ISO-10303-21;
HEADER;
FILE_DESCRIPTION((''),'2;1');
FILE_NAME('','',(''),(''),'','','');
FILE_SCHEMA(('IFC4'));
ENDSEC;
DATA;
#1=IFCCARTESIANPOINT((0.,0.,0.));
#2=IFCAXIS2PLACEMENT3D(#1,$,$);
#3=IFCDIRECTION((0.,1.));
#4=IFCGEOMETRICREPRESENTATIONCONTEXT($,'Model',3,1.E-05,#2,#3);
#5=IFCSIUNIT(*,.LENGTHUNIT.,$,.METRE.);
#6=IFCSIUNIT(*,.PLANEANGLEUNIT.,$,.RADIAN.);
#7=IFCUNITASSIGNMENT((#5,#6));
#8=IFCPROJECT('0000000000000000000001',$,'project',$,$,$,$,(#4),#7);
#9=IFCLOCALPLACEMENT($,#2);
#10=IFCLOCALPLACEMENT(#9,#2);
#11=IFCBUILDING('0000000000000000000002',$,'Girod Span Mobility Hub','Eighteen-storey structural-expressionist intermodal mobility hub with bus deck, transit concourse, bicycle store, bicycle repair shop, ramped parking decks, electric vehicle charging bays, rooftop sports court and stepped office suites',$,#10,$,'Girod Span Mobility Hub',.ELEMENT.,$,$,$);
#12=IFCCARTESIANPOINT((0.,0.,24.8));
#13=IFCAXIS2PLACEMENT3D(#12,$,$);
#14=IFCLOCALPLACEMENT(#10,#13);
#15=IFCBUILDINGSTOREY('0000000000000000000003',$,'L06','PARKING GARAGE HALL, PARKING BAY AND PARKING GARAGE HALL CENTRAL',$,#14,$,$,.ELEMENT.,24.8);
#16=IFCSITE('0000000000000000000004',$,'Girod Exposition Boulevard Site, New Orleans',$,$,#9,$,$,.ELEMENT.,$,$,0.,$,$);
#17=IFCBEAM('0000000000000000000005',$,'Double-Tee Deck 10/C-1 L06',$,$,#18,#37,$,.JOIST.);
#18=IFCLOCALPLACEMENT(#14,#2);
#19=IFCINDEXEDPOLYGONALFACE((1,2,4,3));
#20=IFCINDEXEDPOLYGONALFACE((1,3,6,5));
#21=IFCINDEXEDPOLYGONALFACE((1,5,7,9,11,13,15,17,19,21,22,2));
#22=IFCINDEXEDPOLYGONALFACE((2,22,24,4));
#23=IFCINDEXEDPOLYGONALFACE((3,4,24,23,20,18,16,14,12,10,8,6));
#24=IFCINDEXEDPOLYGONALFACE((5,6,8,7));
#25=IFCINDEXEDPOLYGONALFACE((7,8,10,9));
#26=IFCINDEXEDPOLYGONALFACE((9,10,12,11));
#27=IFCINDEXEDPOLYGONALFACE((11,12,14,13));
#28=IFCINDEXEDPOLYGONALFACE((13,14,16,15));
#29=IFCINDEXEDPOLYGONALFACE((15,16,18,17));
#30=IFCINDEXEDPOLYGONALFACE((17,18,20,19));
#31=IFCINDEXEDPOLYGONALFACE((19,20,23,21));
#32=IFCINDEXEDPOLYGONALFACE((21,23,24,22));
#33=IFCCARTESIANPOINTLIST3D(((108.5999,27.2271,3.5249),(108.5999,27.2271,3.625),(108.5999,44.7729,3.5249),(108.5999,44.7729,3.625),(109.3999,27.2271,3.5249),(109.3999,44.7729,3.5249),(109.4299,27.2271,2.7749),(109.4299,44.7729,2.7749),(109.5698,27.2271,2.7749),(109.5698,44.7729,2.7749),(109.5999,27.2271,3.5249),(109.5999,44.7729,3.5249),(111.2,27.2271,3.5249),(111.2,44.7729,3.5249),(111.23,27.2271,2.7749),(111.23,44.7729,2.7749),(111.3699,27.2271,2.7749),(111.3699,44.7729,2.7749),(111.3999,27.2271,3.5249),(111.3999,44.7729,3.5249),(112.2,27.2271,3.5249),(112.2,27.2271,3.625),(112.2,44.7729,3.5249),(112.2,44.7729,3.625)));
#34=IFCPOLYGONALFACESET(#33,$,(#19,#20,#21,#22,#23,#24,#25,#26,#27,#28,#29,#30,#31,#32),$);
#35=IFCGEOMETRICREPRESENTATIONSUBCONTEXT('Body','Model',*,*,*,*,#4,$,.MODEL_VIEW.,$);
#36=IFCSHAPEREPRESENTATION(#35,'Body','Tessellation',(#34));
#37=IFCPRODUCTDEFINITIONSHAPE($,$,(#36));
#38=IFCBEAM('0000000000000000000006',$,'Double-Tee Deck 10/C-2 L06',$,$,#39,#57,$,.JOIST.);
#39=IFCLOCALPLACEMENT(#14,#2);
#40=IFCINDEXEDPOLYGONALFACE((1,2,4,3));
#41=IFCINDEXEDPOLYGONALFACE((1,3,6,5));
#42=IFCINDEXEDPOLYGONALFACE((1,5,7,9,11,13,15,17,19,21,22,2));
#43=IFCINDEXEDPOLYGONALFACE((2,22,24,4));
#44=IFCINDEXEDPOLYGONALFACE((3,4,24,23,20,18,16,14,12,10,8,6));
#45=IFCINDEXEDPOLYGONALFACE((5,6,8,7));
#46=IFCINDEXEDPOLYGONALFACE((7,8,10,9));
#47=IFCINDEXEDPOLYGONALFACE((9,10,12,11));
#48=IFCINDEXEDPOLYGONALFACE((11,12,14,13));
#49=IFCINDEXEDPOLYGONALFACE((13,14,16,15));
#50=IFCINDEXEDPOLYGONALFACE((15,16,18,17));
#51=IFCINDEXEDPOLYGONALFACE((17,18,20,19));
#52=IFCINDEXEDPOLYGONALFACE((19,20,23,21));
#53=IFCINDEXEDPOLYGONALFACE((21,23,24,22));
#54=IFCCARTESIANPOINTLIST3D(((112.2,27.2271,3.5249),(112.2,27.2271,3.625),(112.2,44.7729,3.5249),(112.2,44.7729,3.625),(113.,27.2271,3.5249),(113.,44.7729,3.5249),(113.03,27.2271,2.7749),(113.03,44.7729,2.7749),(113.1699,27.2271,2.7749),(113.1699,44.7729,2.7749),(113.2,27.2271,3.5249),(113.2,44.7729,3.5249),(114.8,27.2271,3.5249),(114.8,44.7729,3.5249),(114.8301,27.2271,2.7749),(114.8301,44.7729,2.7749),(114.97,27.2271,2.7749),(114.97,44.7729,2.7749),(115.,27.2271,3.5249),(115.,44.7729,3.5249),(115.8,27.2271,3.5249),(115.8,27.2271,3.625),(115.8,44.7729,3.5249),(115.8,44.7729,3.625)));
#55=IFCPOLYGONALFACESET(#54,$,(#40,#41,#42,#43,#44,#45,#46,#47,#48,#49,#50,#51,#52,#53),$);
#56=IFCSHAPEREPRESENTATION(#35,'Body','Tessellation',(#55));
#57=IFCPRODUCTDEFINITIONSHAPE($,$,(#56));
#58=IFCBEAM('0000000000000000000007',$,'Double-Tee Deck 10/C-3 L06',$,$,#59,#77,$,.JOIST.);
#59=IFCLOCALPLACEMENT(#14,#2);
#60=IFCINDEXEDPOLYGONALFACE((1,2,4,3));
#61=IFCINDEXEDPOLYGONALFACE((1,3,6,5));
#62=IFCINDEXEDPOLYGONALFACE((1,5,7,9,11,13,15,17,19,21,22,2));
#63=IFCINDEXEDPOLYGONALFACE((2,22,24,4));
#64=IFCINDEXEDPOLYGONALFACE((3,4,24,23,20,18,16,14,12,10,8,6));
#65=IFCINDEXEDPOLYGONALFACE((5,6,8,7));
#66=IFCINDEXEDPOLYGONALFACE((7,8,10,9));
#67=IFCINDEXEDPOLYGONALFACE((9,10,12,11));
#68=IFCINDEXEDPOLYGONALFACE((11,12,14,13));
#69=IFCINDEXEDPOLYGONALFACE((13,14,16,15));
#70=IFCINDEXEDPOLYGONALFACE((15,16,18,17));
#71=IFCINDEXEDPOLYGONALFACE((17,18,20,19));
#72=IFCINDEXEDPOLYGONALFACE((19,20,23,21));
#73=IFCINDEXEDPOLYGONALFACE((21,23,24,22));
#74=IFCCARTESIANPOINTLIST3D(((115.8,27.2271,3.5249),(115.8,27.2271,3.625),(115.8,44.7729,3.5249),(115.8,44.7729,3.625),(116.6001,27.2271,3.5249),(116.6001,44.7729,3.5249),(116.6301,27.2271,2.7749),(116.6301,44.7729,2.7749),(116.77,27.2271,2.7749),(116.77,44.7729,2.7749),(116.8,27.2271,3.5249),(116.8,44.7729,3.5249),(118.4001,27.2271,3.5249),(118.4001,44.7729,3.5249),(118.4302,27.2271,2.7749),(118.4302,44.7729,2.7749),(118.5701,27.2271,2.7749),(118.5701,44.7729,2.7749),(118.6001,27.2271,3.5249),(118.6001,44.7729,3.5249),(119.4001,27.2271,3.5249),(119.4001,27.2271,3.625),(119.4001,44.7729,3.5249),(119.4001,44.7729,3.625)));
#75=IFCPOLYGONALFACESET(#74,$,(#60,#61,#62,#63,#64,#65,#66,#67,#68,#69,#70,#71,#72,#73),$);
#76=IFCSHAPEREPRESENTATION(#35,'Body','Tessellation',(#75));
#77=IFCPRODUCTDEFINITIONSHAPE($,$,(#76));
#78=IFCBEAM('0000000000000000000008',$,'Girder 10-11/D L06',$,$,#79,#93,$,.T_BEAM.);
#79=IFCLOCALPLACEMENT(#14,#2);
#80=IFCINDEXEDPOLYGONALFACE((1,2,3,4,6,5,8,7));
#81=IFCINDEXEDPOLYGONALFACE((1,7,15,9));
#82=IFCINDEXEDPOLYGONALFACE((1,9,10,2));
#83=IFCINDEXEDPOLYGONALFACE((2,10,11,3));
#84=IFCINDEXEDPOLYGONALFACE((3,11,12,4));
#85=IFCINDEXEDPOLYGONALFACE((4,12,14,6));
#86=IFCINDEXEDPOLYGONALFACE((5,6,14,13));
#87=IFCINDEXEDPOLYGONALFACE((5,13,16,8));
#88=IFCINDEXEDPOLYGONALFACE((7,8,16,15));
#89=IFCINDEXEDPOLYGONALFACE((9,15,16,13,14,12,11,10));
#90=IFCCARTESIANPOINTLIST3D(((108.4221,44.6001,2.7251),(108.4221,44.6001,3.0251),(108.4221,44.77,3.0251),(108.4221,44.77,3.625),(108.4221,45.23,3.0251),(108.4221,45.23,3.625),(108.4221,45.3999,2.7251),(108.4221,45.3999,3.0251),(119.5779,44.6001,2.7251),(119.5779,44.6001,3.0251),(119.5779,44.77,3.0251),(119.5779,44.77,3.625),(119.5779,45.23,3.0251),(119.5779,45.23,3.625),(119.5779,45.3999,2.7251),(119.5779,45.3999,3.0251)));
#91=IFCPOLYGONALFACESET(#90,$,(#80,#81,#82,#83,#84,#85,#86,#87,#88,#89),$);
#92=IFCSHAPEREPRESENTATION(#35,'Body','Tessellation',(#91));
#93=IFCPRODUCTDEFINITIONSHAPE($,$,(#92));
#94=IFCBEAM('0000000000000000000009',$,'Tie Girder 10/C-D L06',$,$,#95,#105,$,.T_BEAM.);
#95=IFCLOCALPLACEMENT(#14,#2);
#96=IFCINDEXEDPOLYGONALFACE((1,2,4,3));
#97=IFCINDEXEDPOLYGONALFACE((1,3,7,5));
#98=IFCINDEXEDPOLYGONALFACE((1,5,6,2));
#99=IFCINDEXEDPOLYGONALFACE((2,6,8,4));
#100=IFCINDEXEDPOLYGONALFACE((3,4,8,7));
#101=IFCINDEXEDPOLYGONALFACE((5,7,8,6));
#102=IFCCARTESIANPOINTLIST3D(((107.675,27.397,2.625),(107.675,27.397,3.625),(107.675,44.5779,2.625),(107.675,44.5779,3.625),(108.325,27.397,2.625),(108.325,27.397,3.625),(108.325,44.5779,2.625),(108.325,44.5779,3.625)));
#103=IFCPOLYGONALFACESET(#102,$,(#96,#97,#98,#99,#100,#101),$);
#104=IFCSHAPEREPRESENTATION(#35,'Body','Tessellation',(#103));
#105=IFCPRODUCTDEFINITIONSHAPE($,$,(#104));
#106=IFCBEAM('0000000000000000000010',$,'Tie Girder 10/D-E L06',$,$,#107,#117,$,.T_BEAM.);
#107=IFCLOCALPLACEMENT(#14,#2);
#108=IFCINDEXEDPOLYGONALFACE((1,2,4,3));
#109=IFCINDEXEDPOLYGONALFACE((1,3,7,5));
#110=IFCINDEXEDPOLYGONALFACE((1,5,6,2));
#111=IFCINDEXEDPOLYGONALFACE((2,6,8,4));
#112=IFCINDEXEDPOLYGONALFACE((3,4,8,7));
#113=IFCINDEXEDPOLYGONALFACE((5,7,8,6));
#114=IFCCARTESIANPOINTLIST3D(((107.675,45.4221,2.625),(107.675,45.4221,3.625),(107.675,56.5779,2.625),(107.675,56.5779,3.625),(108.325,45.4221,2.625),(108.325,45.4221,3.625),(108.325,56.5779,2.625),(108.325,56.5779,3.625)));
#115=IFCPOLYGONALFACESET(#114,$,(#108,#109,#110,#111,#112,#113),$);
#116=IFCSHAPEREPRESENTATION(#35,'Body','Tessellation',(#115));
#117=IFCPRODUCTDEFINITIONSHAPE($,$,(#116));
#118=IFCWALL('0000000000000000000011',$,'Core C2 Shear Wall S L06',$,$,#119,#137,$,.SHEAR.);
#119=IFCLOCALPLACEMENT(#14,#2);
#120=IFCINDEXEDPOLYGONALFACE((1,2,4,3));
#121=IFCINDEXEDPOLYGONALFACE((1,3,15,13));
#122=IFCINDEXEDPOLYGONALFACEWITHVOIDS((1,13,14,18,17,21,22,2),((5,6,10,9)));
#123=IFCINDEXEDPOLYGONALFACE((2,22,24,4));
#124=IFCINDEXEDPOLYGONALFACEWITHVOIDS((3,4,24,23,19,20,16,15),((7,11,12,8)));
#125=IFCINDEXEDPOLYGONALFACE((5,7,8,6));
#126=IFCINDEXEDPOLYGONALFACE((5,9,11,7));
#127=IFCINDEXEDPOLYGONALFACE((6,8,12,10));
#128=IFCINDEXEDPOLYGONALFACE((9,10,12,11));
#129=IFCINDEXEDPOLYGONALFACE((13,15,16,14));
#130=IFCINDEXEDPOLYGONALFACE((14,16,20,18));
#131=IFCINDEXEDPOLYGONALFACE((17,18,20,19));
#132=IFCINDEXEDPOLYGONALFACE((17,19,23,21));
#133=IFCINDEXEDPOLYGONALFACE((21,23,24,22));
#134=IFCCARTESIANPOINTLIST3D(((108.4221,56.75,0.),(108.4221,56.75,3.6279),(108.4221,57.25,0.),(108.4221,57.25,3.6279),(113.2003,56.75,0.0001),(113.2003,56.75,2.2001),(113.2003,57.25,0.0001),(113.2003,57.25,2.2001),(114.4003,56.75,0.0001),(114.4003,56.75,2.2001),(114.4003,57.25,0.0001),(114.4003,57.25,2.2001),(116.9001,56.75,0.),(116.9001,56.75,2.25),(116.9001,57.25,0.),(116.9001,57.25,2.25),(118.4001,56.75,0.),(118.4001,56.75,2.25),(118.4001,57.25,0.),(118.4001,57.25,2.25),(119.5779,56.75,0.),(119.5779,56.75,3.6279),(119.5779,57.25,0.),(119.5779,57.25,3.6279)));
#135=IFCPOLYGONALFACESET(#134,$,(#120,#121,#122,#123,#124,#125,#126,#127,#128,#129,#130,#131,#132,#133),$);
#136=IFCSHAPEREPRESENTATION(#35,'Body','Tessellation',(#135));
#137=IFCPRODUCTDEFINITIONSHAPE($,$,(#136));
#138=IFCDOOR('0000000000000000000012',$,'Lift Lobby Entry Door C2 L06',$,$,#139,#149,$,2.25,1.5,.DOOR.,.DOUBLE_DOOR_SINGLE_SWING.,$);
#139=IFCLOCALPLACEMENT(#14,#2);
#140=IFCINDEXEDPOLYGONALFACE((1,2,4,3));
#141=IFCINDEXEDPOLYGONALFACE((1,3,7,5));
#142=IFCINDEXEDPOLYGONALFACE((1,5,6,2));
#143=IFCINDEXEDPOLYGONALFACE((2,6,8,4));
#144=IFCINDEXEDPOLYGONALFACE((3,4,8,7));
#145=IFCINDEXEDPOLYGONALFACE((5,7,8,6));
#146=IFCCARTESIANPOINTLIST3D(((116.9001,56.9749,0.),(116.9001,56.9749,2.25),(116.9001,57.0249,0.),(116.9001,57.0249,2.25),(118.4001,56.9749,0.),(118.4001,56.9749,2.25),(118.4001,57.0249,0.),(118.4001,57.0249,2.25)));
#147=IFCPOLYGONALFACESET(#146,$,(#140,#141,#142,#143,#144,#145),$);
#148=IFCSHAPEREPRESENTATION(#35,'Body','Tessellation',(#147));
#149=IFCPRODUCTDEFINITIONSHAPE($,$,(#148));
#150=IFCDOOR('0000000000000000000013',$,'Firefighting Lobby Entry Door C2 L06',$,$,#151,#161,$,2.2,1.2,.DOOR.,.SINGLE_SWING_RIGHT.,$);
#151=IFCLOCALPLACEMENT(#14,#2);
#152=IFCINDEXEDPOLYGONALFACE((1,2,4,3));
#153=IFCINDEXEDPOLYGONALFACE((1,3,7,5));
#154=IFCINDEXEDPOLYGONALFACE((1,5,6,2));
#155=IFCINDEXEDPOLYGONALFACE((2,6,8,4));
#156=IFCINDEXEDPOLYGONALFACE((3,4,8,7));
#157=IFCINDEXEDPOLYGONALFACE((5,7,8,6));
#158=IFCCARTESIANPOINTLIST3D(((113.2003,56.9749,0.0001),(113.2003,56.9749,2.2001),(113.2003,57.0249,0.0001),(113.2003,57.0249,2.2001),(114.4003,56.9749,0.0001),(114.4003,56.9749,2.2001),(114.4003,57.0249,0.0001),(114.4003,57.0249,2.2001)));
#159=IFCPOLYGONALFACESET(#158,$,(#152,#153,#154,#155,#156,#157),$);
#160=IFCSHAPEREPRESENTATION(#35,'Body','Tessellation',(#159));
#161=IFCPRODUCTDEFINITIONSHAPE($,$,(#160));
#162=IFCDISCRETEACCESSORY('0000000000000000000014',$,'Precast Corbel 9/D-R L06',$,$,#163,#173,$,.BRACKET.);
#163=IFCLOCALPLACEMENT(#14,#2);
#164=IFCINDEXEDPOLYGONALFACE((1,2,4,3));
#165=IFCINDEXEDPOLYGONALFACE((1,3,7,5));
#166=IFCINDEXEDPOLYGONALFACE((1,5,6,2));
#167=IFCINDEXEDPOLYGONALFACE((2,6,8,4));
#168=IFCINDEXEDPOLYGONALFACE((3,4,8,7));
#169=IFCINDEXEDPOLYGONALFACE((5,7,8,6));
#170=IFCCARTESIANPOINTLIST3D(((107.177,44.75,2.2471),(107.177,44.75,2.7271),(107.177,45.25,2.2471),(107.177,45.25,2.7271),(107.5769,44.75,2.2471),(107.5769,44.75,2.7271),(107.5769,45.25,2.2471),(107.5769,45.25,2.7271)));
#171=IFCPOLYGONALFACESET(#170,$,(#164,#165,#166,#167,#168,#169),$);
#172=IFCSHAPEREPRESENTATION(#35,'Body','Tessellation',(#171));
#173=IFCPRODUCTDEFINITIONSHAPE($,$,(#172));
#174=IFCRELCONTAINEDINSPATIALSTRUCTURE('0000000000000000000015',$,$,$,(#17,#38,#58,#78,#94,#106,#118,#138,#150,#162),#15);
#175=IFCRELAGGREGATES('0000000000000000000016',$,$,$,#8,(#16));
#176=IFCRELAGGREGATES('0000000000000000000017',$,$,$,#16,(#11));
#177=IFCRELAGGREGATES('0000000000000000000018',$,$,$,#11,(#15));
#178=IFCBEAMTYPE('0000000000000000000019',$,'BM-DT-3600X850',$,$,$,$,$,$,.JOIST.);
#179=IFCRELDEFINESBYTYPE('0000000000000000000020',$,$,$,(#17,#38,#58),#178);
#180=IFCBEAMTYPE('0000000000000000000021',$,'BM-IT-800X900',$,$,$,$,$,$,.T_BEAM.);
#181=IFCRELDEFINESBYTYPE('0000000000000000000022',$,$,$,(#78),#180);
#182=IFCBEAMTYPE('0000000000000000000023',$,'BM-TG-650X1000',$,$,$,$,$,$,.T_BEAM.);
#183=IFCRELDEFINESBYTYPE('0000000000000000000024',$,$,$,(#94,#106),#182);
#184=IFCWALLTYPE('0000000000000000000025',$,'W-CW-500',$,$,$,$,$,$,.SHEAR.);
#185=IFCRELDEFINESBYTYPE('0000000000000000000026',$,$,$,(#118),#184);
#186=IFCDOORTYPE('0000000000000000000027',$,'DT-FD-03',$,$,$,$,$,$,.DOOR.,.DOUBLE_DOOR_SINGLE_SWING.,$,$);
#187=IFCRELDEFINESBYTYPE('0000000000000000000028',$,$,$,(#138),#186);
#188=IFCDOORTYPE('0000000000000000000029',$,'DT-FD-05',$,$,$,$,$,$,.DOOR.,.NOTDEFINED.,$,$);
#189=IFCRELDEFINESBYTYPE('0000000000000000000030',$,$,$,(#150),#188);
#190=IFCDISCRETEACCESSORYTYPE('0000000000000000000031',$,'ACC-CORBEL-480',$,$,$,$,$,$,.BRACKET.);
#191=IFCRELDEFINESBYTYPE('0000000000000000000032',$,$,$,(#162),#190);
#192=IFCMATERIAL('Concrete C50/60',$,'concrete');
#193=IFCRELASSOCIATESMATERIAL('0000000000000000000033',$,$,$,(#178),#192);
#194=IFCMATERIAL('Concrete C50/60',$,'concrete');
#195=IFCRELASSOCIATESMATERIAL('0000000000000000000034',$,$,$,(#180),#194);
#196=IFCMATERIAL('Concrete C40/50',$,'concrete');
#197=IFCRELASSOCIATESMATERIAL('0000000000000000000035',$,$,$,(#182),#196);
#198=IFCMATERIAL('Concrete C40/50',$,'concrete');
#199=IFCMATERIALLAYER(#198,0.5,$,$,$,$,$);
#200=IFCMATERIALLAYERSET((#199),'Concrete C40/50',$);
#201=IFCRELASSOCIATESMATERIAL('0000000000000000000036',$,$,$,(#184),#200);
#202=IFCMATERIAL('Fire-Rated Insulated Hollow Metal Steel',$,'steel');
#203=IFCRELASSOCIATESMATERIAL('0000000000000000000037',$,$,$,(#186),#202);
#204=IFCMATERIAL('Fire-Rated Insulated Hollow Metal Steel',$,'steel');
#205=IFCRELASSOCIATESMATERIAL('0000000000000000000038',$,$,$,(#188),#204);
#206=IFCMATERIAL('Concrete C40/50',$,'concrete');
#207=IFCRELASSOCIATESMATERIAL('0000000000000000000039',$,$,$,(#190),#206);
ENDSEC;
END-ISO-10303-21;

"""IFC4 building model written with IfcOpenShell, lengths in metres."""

from ifc_helpers import new_model, si_unit, direction, frame, frame_2d, origin, origin_2d, place, context, subcontext, project, spatial, polyline, rectangle, outline, extrude, material, layer, layer_set, material_profile, profile_set, type_object, element, fill, save


model = new_model("IFC4")

# Units and contexts
model_context = context("Model", 3, precision=1e-05, world=origin(), true_north=direction((0.0, 1.0)))
body_context = subcontext(model_context, "Body", "Model", "MODEL_VIEW")
ifc_project = project(units=[si_unit("LENGTHUNIT", "METRE"), si_unit("PLANEANGLEUNIT", "RADIAN")], contexts=[model_context])

# Site, building, storey
site_placement = place(None, origin())
site = spatial("IfcSite", under=ifc_project, at=site_placement, Name="Girod Exposition Boulevard Site, New Orleans", CompositionType="ELEMENT", RefElevation=0.0)
building_placement = place(site_placement, origin())
building = spatial("IfcBuilding", under=site, at=building_placement, Name="Girod Span Mobility Hub", Description="Eighteen-storey structural-expressionist intermodal mobility hub with bus deck, transit concourse, bicycle store, bicycle repair shop, ramped parking decks, electric vehicle charging bays, rooftop sports court and stepped office suites", LongName="Girod Span Mobility Hub", CompositionType="ELEMENT")
storey_placement = place(building_placement, frame((0.0, 0.0, 24.8)))
storey = spatial("IfcBuildingStorey", under=building, at=storey_placement, Name="L06", Description="PARKING GARAGE HALL, PARKING BAY AND PARKING GARAGE HALL CENTRAL", CompositionType="ELEMENT", Elevation=24.8)

# Beams
ifc_material_1 = material(Name="Concrete C50/60", Category="concrete")
ifc_material_profile_1 = material_profile(ifc_material_1, outline(polyline([(-1.8, 0.425), (-1.8, 0.325), (-1.0, 0.325), (-0.97, -0.425), (-0.8301, -0.425), (-0.8, 0.325), (0.8, 0.325), (0.8301, -0.425), (0.97, -0.425), (1.0, 0.325), (1.8, 0.325), (1.8, 0.425), (-1.8, 0.425)])), Name="DT-3600X850")
ifc_profile_set_1 = profile_set([ifc_material_profile_1], Name="Concrete C50/60")
beam_type_1 = type_object("IfcBeamType", Name="BM-DT-3600X850", PredefinedType="JOIST", material=ifc_profile_set_1)
for number, where, z_axis, x_axis, name in (
    (1, (110.3999, 27.2271, 3.2), (0.0, 1.0, 0.0), (-1.0, 0.0, 0.0), "Double-Tee Deck 10/C-1 L06"),
    (2, (114.0, 27.2271, 3.2), (0.0, 1.0, 0.0), (-1.0, 0.0, 0.0), "Double-Tee Deck 10/C-2 L06"),
    (3, (117.6001, 27.2271, 3.2), (0.0, 1.0, 0.0), (-1.0, 0.0, 0.0), "Double-Tee Deck 10/C-3 L06"),
):
    element("IfcBeam", number, at=place(storey_placement, frame(where, z_axis=z_axis, x_axis=x_axis)), inside=storey, type_object=beam_type_1, Name=name, PredefinedType="JOIST", context=body_context, shape_type="SweptSolid", body=[
        extrude(outline(polyline([(-1.8, 0.425), (-1.8, 0.325), (-1.0, 0.325), (-0.97, -0.425), (-0.8301, -0.425), (-0.8, 0.325), (0.8, 0.325), (0.8301, -0.425), (0.97, -0.425), (1.0, 0.325), (1.8, 0.325), (1.8, 0.425), (-1.8, 0.425)])), origin(), (0.0, 0.0, 1.0), 17.5459),
    ])
ifc_material_2 = material(Name="Concrete C50/60", Category="concrete")
ifc_material_profile_2 = material_profile(ifc_material_2, outline(polyline([(-0.3999, -0.45), (0.3999, -0.45), (0.3999, -0.1499), (0.23, -0.1499), (0.23, 0.45), (-0.23, 0.45), (-0.23, -0.1499), (-0.3999, -0.1499), (-0.3999, -0.45)])), Name="IT-800X900")
ifc_profile_set_2 = profile_set([ifc_material_profile_2], Name="Concrete C50/60")
beam_type_2 = type_object("IfcBeamType", Name="BM-IT-800X900", PredefinedType="T_BEAM", material=ifc_profile_set_2)
beam_1_placement = place(storey_placement, frame((108.4221, 45.0, 3.175), z_axis=(1.0, 0.0, 0.0), x_axis=(0.0, 1.0, 0.0)))
element("IfcBeam", 4, at=beam_1_placement, inside=storey, type_object=beam_type_2, Name="Girder 10-11/D L06", PredefinedType="T_BEAM", context=body_context, shape_type="SweptSolid", body=[
    extrude(outline(polyline([(-0.3999, -0.45), (0.3999, -0.45), (0.3999, -0.1499), (0.23, -0.1499), (0.23, 0.45), (-0.23, 0.45), (-0.23, -0.1499), (-0.3999, -0.1499), (-0.3999, -0.45)])), origin(), (0.0, 0.0, 1.0), 11.1558),
])
ifc_material_3 = material(Name="Concrete C40/50", Category="concrete")
ifc_material_profile_3 = material_profile(ifc_material_3, rectangle(XDim=0.6499, YDim=1.0, at=origin_2d()), Name="TG-650X1000")
ifc_profile_set_3 = profile_set([ifc_material_profile_3], Name="Concrete C40/50")
beam_type_3 = type_object("IfcBeamType", Name="BM-TG-650X1000", PredefinedType="T_BEAM", material=ifc_profile_set_3)
beam_2_placement = place(storey_placement, frame((108.0, 27.397, 3.125), z_axis=(0.0, 1.0, 0.0), x_axis=(-1.0, 0.0, 0.0)))
element("IfcBeam", 5, at=beam_2_placement, inside=storey, type_object=beam_type_3, Name="Tie Girder 10/C-D L06", PredefinedType="T_BEAM", context=body_context, shape_type="SweptSolid", body=[
    extrude(rectangle(XDim=0.6499, YDim=1.0, at=origin_2d()), origin(), (0.0, 0.0, 1.0), 17.1809),
])
beam_3_placement = place(storey_placement, frame((108.0, 45.4221, 3.125), z_axis=(0.0, 1.0, 0.0), x_axis=(-1.0, 0.0, 0.0)))
element("IfcBeam", 6, at=beam_3_placement, inside=storey, type_object=beam_type_3, Name="Tie Girder 10/D-E L06", PredefinedType="T_BEAM", context=body_context, shape_type="SweptSolid", body=[
    extrude(rectangle(XDim=0.6499, YDim=1.0, at=origin_2d()), origin(), (0.0, 0.0, 1.0), 11.1558),
])

# Wall, openings, doors
ifc_material_4 = material(Name="Concrete C40/50", Category="concrete")
ifc_layer = layer(ifc_material_4, 0.5)
ifc_layer_set = layer_set([ifc_layer], Name="Concrete C40/50")
wall_type = type_object("IfcWallType", Name="W-CW-500", PredefinedType="SHEAR", material=ifc_layer_set)
wall_placement = place(storey_placement, frame((108.4221, 57.0, 0.0), z_axis=(0.0, 0.0, 1.0), x_axis=(1.0, 0.0, 0.0)))
wall = element("IfcWall", 7, at=wall_placement, inside=storey, type_object=wall_type, Name="Core C2 Shear Wall S L06", PredefinedType="SHEAR", context=body_context, shape_type="SweptSolid", body=[
    extrude(rectangle(XDim=11.1558, YDim=0.5, at=frame_2d((5.5779, 0.0))), origin(), (0.0, 0.0, 1.0), 3.6279),
])
opening_1_placement = place(wall_placement, frame((4.7781, 0.0, 0.0)))
opening_1 = element("IfcOpeningElement", 8, at=opening_1_placement, cuts=wall, PredefinedType="OPENING", context=body_context, shape_type="SweptSolid", body=[
    extrude(rectangle(XDim=1.2, YDim=2.2, at=frame_2d((0.6001, 1.1001))), frame((0.0, 0.2649, 0.0), z_axis=(0.0, -1.0, 0.0), x_axis=(1.0, 0.0, 0.0)), (0.0, 0.0, 1.0), 0.53),
])
opening_2_placement = place(wall_placement, frame((8.478, 0.0, 0.0)))
opening_2 = element("IfcOpeningElement", 9, at=opening_2_placement, cuts=wall, PredefinedType="OPENING", context=body_context, shape_type="SweptSolid", body=[
    extrude(rectangle(XDim=1.5, YDim=2.25, at=frame_2d((0.75, 1.125))), frame((0.0, 0.2649, 0.0), z_axis=(0.0, -1.0, 0.0), x_axis=(1.0, 0.0, 0.0)), (0.0, 0.0, 1.0), 0.53),
])
ifc_material_5 = material(Name="Fire-Rated Insulated Hollow Metal Steel", Category="steel")
door_type_1 = type_object("IfcDoorType", Name="DT-FD-03", OperationType="DOUBLE_DOOR_SINGLE_SWING", PredefinedType="DOOR", material=ifc_material_5)
door_1_placement = place(opening_2_placement, origin())
door_1 = element("IfcDoor", 10, at=door_1_placement, inside=storey, type_object=door_type_1, Name="Lift Lobby Entry Door C2 L06", OperationType="DOUBLE_DOOR_SINGLE_SWING", OverallHeight=2.25, OverallWidth=1.5, PredefinedType="DOOR", context=body_context, shape_type="SweptSolid", body=[
    extrude(rectangle(XDim=1.5, YDim=2.25, at=frame_2d((0.75, 1.125))), frame((0.0, 0.0249, 0.0), z_axis=(0.0, -1.0, 0.0), x_axis=(1.0, 0.0, 0.0)), (0.0, 0.0, 1.0), 0.05),
])
fill(opening_2, door_1)
ifc_material_6 = material(Name="Fire-Rated Insulated Hollow Metal Steel", Category="steel")
door_type_2 = type_object("IfcDoorType", Name="DT-FD-05", OperationType="NOTDEFINED", PredefinedType="DOOR", material=ifc_material_6)
door_2_placement = place(opening_1_placement, origin())
door_2 = element("IfcDoor", 11, at=door_2_placement, inside=storey, type_object=door_type_2, Name="Firefighting Lobby Entry Door C2 L06", OperationType="SINGLE_SWING_RIGHT", OverallHeight=2.2, OverallWidth=1.2, PredefinedType="DOOR", context=body_context, shape_type="SweptSolid", body=[
    extrude(rectangle(XDim=1.2, YDim=2.2, at=frame_2d((0.6001, 1.1001))), frame((0.0, 0.0249, 0.0), z_axis=(0.0, -1.0, 0.0), x_axis=(1.0, 0.0, 0.0)), (0.0, 0.0, 1.0), 0.05),
])
fill(opening_1, door_2)

# Discrete accessory
ifc_material_7 = material(Name="Concrete C40/50", Category="concrete")
discrete_accessory_type = type_object("IfcDiscreteAccessoryType", Name="ACC-CORBEL-480", PredefinedType="BRACKET", material=ifc_material_7)
for number, where, z_axis, x_axis, name in (
    (12, (107.377, 45.0, 2.2471), (0.0, 0.0, 1.0), (1.0, 0.0, 0.0), "Precast Corbel 9/D-R L06"),
):
    element("IfcDiscreteAccessory", number, at=place(storey_placement, frame(where, z_axis=z_axis, x_axis=x_axis)), inside=storey, type_object=discrete_accessory_type, Name=name, PredefinedType="BRACKET", context=body_context, shape_type="SweptSolid", body=[
        extrude(rectangle(XDim=0.3999, YDim=0.5, at=origin_2d()), origin(), (0.0, 0.0, 1.0), 0.48),
    ])

save(model, "model.ifc")
